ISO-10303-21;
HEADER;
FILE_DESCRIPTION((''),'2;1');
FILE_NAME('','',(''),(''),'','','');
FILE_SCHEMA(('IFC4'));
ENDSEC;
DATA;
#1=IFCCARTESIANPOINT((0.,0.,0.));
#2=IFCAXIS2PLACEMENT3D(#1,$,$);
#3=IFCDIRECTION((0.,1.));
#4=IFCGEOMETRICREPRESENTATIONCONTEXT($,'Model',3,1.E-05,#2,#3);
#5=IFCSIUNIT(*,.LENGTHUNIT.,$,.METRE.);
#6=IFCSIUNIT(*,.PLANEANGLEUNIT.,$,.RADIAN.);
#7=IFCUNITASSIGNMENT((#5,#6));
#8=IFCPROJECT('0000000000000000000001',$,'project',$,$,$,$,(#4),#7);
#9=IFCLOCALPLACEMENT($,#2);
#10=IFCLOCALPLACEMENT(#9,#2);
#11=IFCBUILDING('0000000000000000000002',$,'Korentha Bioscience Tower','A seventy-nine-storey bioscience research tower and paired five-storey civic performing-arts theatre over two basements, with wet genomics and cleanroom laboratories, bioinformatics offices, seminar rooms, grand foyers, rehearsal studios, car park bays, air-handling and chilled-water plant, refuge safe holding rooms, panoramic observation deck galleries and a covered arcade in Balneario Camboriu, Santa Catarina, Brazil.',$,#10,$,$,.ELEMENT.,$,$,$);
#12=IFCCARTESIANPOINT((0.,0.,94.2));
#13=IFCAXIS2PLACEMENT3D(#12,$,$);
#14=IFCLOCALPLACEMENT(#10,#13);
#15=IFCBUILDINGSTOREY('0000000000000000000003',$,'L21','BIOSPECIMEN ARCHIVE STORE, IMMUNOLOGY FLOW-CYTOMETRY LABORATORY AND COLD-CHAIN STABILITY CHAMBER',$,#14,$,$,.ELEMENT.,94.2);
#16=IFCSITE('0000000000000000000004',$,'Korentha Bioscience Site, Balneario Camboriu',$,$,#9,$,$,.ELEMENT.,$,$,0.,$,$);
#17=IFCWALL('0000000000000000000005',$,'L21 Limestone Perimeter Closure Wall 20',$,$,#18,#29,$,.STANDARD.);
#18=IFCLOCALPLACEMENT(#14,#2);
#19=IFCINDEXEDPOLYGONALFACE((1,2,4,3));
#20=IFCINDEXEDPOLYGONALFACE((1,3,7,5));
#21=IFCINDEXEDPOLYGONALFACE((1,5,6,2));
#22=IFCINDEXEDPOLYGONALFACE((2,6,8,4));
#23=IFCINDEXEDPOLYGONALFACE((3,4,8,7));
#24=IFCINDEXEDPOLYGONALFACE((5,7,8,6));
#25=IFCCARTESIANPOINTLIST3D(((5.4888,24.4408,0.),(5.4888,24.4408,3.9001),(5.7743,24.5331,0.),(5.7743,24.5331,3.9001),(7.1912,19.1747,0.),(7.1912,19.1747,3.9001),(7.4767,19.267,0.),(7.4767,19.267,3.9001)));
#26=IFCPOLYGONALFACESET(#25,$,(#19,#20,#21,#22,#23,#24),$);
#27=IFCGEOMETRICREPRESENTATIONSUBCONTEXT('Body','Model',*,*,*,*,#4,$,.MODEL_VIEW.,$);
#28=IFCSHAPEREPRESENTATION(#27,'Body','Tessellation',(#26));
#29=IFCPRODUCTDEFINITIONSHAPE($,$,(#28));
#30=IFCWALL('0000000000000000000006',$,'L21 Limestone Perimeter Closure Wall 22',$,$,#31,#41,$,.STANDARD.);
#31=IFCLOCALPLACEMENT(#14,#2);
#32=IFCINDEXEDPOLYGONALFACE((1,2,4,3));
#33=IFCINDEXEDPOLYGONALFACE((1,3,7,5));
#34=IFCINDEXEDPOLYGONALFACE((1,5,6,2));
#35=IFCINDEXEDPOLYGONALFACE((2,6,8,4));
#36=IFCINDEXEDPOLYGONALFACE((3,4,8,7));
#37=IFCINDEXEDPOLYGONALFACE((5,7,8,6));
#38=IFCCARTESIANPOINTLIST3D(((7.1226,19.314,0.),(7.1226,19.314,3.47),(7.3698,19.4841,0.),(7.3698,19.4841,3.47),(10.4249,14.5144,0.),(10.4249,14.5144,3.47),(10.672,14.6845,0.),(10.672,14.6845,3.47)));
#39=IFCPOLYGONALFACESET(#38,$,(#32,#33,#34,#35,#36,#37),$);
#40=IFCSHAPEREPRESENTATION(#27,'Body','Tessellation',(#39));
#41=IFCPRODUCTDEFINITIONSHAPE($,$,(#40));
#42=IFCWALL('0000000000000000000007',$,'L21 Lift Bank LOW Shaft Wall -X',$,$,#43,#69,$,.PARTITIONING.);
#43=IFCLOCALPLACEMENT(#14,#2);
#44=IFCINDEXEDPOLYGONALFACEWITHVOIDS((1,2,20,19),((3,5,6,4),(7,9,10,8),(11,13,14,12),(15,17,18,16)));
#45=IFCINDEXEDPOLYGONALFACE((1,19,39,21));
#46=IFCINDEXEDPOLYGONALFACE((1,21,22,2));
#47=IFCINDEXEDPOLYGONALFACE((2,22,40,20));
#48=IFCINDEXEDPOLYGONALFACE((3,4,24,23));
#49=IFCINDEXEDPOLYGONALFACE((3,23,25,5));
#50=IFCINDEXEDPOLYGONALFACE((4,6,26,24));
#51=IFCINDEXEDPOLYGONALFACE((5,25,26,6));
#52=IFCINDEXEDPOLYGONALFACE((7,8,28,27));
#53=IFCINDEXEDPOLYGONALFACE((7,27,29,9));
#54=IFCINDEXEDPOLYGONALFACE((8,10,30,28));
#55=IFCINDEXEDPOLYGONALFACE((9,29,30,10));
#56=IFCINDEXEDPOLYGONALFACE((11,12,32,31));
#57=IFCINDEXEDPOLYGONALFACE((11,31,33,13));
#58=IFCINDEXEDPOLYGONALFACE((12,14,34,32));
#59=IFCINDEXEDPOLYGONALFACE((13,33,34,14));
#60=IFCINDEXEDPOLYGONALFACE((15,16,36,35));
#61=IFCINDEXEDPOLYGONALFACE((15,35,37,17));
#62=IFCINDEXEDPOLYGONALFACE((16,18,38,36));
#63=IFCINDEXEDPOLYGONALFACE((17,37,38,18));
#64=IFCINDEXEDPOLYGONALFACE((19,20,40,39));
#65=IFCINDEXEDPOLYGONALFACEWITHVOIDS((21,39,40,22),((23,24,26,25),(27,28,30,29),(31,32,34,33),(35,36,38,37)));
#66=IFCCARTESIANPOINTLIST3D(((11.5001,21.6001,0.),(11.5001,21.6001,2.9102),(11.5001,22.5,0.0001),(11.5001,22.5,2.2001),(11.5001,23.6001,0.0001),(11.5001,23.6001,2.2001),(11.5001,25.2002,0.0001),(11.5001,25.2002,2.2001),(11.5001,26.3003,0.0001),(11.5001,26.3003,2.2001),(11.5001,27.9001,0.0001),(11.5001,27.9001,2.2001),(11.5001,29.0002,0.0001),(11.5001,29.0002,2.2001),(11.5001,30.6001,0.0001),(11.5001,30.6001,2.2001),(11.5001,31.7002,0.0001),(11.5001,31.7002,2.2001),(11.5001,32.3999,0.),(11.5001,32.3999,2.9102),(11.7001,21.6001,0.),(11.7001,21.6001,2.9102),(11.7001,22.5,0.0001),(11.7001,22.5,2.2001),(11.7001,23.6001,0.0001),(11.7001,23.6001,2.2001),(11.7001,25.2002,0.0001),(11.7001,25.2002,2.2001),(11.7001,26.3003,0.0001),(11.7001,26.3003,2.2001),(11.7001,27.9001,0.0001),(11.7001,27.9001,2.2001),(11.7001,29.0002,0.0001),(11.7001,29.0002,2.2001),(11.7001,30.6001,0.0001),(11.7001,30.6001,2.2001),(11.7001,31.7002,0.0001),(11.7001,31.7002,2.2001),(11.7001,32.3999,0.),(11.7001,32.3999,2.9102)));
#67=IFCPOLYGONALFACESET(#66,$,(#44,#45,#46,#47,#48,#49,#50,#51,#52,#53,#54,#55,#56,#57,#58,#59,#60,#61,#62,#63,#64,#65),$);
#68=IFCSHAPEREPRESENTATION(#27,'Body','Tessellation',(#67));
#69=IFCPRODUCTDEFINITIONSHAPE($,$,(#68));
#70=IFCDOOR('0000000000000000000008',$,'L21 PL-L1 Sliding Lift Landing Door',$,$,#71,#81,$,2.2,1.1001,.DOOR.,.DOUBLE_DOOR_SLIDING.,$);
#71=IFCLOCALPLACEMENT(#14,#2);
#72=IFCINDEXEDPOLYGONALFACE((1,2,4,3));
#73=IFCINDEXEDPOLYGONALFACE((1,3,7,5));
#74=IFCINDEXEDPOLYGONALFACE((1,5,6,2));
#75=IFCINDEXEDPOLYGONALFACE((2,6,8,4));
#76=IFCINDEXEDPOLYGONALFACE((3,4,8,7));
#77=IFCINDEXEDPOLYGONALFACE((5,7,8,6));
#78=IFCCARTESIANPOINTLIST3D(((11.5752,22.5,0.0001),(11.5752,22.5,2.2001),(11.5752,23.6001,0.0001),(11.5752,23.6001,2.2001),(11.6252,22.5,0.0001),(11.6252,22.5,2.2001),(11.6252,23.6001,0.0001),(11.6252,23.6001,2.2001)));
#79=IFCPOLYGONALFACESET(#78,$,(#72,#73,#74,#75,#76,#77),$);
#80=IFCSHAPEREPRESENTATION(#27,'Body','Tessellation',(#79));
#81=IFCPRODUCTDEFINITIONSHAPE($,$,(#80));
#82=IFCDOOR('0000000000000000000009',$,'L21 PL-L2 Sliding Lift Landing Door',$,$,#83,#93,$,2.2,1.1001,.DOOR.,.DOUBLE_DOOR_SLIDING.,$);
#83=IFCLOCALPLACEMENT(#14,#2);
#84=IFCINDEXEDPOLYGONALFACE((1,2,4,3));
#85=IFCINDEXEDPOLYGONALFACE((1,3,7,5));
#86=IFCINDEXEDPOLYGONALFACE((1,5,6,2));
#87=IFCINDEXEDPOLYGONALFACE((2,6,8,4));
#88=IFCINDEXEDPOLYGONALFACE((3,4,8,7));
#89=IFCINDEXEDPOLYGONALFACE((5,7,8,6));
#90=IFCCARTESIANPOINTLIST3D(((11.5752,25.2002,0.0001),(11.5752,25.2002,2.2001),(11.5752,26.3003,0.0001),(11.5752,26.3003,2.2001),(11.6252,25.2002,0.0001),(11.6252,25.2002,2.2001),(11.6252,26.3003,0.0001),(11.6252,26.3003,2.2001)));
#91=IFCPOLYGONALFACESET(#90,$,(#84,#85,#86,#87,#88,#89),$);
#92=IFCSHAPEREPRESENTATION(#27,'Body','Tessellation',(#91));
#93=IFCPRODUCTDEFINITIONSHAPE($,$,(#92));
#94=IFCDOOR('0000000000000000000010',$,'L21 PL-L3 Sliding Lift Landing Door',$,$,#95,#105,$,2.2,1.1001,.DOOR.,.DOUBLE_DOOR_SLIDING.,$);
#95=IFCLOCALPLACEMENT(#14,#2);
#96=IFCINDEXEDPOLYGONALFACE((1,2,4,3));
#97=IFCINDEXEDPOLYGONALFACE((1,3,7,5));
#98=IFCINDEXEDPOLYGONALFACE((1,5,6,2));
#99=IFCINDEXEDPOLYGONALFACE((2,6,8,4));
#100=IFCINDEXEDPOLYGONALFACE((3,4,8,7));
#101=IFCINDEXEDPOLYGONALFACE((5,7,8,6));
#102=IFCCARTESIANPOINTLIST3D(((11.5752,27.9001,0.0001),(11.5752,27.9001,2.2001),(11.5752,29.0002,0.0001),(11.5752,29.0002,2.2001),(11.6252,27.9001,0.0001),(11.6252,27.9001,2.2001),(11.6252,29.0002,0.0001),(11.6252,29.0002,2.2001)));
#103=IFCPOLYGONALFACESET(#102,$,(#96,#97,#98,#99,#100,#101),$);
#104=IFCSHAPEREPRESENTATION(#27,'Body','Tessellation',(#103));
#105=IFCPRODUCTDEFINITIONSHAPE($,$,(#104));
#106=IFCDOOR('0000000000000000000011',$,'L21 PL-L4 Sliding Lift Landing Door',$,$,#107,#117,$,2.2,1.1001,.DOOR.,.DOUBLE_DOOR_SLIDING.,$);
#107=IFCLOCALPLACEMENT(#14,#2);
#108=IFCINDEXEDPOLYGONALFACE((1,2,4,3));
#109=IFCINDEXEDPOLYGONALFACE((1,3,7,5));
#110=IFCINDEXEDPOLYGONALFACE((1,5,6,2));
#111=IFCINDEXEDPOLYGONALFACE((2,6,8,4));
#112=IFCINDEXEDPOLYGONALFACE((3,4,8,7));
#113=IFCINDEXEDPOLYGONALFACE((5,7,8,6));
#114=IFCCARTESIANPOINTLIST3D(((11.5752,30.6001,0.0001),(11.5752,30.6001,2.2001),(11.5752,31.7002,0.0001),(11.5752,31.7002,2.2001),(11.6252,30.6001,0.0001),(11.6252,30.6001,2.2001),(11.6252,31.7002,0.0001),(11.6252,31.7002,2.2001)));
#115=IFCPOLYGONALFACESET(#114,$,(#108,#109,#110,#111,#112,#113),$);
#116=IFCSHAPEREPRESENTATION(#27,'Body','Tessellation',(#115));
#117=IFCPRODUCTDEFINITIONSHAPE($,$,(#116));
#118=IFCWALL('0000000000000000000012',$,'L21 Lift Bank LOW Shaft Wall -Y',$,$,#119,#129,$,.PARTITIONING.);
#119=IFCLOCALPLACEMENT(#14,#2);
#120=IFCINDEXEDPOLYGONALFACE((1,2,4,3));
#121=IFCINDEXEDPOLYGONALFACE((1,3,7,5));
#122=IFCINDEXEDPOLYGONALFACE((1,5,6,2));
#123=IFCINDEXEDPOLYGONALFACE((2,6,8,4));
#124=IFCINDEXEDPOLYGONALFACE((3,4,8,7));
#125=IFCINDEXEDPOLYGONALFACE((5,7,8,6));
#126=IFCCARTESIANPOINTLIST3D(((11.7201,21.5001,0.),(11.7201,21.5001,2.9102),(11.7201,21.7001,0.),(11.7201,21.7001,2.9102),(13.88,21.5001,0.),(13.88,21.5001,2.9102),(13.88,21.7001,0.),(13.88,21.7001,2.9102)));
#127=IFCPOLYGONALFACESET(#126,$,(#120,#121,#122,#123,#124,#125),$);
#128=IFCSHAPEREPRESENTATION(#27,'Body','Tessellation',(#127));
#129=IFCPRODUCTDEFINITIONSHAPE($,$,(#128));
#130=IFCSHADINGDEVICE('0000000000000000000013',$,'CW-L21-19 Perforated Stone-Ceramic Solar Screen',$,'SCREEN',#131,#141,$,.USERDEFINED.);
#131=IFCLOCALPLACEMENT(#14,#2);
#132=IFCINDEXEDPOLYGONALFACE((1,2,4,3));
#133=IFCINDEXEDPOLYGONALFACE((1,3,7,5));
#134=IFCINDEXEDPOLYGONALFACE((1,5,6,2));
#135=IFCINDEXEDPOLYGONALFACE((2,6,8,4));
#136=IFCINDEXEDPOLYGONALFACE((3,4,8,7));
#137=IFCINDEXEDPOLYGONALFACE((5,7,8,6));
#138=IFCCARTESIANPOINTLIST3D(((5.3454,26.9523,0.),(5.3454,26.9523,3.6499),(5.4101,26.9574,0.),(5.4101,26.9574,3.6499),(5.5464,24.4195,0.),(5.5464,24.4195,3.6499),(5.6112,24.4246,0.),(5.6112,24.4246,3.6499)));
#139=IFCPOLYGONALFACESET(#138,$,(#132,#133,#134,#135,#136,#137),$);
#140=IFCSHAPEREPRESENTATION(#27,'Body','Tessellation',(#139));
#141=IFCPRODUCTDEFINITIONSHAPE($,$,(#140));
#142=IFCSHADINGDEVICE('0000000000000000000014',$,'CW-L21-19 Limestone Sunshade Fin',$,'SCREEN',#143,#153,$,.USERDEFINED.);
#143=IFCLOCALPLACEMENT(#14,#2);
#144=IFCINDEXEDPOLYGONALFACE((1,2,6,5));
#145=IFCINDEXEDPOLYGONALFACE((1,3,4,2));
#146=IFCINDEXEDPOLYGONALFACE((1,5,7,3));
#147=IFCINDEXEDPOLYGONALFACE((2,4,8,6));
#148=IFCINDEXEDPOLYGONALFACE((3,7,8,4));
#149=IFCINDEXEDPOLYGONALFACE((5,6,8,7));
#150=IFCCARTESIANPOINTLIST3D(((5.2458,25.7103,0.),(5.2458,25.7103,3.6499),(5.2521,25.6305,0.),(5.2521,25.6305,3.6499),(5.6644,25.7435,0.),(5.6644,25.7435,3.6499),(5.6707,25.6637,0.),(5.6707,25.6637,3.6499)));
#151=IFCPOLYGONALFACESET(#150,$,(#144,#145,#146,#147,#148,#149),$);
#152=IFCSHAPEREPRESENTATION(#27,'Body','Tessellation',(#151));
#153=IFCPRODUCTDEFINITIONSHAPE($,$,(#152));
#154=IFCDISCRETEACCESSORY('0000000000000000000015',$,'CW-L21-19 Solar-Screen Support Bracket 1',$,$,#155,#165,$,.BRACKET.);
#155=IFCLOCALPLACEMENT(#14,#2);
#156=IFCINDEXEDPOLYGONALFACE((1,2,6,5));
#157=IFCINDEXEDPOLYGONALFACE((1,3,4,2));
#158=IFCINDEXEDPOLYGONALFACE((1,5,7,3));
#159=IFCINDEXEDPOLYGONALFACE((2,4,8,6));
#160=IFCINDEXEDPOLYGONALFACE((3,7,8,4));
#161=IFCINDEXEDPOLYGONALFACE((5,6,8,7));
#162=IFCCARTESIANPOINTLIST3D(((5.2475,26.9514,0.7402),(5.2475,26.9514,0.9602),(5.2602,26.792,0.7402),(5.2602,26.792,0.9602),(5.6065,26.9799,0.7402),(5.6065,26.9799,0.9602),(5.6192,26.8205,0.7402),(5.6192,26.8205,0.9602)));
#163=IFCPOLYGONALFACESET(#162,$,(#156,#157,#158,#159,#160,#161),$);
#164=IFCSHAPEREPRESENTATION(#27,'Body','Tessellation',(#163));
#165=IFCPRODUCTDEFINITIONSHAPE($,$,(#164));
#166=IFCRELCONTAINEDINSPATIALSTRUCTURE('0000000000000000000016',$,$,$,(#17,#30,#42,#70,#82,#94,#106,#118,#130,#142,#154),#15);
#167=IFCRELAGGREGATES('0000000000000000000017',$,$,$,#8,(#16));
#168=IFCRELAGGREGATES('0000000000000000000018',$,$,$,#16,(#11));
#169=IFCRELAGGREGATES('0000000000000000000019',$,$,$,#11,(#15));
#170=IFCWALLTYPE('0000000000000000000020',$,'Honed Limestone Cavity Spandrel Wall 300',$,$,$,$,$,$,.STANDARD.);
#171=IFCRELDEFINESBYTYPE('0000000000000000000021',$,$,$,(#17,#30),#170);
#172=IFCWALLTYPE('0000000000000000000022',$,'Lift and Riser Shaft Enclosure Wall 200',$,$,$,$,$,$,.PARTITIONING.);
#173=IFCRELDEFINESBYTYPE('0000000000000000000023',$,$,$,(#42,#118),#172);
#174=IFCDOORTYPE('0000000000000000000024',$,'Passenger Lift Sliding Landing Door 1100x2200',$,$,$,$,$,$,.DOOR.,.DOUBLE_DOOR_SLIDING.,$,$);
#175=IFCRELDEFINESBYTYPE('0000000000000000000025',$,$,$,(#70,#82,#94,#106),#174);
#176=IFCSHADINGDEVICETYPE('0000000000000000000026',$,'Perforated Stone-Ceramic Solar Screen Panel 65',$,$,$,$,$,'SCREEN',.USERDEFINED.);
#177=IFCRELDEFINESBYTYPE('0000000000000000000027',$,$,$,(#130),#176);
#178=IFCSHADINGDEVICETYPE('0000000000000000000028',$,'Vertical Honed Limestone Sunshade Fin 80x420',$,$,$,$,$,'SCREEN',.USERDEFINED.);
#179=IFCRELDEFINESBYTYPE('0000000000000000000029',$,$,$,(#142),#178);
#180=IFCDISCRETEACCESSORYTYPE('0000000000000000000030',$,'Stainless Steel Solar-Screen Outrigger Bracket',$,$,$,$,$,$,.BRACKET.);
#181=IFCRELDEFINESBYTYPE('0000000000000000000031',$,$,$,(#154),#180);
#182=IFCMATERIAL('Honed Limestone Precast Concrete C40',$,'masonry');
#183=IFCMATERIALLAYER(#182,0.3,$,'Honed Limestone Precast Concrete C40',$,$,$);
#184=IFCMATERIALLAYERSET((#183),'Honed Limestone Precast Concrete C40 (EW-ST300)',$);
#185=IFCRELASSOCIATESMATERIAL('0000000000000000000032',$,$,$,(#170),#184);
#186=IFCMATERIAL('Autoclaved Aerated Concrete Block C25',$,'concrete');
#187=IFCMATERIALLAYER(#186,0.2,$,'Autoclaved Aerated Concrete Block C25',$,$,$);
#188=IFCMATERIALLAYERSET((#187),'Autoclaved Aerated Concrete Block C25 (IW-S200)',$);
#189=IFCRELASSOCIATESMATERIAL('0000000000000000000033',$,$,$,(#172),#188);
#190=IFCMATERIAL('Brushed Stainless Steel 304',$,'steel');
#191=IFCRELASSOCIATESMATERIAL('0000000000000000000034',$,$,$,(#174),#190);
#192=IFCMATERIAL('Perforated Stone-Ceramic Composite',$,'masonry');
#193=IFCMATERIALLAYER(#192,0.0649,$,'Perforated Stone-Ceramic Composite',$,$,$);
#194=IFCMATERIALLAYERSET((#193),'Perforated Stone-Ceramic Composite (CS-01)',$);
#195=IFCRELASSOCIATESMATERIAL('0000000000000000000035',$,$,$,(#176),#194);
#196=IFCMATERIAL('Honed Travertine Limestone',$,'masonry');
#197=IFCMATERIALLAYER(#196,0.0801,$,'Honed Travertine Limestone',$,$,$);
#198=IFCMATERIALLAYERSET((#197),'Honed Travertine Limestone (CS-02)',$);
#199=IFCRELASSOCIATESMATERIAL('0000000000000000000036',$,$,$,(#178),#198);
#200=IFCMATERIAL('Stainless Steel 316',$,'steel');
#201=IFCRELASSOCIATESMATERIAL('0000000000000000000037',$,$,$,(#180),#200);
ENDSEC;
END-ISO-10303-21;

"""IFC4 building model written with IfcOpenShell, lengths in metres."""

from ifc_helpers import new_model, si_unit, direction, frame, frame_2d, origin, origin_2d, place, context, subcontext, project, spatial, rectangle, extrude, material, layer, layer_set, type_object, element, fill, save


model = new_model("IFC4")

# Units and contexts
model_context = context("Model", 3, precision=1e-05, world=origin(), true_north=direction((0.0, 1.0)))
body_context = subcontext(model_context, "Body", "Model", "MODEL_VIEW")
ifc_project = project(units=[si_unit("LENGTHUNIT", "METRE"), si_unit("PLANEANGLEUNIT", "RADIAN")], contexts=[model_context])

# Site, building, storey
site_placement = place(None, origin())
site = spatial("IfcSite", under=ifc_project, at=site_placement, Name="Korentha Bioscience Site, Balneario Camboriu", CompositionType="ELEMENT", RefElevation=0.0)
building_placement = place(site_placement, origin())
building = spatial("IfcBuilding", under=site, at=building_placement, Name="Korentha Bioscience Tower", Description="A seventy-nine-storey bioscience research tower and paired five-storey civic performing-arts theatre over two basements, with wet genomics and cleanroom laboratories, bioinformatics offices, seminar rooms, grand foyers, rehearsal studios, car park bays, air-handling and chilled-water plant, refuge safe holding rooms, panoramic observation deck galleries and a covered arcade in Balneario Camboriu, Santa Catarina, Brazil.", CompositionType="ELEMENT")
storey_placement = place(building_placement, frame((0.0, 0.0, 94.2)))
storey = spatial("IfcBuildingStorey", under=building, at=storey_placement, Name="L21", Description="BIOSPECIMEN ARCHIVE STORE, IMMUNOLOGY FLOW-CYTOMETRY LABORATORY AND COLD-CHAIN STABILITY CHAMBER", CompositionType="ELEMENT", Elevation=94.2)

# Walls
ifc_material_1 = material(Name="Honed Limestone Precast Concrete C40", Category="masonry")
ifc_layer_1 = layer(ifc_material_1, 0.3, Name="Honed Limestone Precast Concrete C40")
ifc_layer_set_1 = layer_set([ifc_layer_1], Name="Honed Limestone Precast Concrete C40 (EW-ST300)")
wall_type_1 = type_object("IfcWallType", Name="Honed Limestone Cavity Spandrel Wall 300", PredefinedType="STANDARD", material=ifc_layer_set_1)
wall_1_placement = place(storey_placement, frame((5.6316, 24.4868, 0.0), z_axis=(0.0, 0.0, 1.0), x_axis=(0.307599, -0.951516, 0.0)))
element("IfcWall", 1, at=wall_1_placement, inside=storey, type_object=wall_type_1, Name="L21 Limestone Perimeter Closure Wall 20", PredefinedType="STANDARD", context=body_context, shape_type="SweptSolid", body=[
    extrude(rectangle(XDim=5.5344, YDim=0.3, at=frame_2d((2.7671, 0.0))), origin(), (0.0, 0.0, 1.0), 3.9001),
])
wall_2_placement = place(storey_placement, frame((7.2461, 19.3992, 0.0), z_axis=(0.0, 0.0, 1.0), x_axis=(0.566826, -0.823838, 0.0)))
element("IfcWall", 2, at=wall_2_placement, inside=storey, type_object=wall_type_1, Name="L21 Limestone Perimeter Closure Wall 22", PredefinedType="STANDARD", context=body_context, shape_type="SweptSolid", body=[
    extrude(rectangle(XDim=5.8259, YDim=0.3, at=frame_2d((2.9131, 0.0))), origin(), (0.0, 0.0, 1.0), 3.47),
])

# Wall, openings, doors
ifc_material_2 = material(Name="Autoclaved Aerated Concrete Block C25", Category="concrete")
ifc_layer_2 = layer(ifc_material_2, 0.2, Name="Autoclaved Aerated Concrete Block C25")
ifc_layer_set_2 = layer_set([ifc_layer_2], Name="Autoclaved Aerated Concrete Block C25 (IW-S200)")
wall_type_2 = type_object("IfcWallType", Name="Lift and Riser Shaft Enclosure Wall 200", PredefinedType="PARTITIONING", material=ifc_layer_set_2)
wall_3_placement = place(storey_placement, frame((11.6001, 21.6001, 0.0), z_axis=(0.0, 0.0, 1.0), x_axis=(0.0, 1.0, 0.0)))
wall_3 = element("IfcWall", 3, at=wall_3_placement, inside=storey, type_object=wall_type_2, Name="L21 Lift Bank LOW Shaft Wall -X", PredefinedType="PARTITIONING", context=body_context, shape_type="SweptSolid", body=[
    extrude(rectangle(XDim=10.7998, YDim=0.2, at=frame_2d((5.3999, 0.0))), origin(), (0.0, 0.0, 1.0), 2.9102),
])
opening_1_placement = place(wall_3_placement, frame((0.8999, 0.0, 0.0)))
opening_1 = element("IfcOpeningElement", 4, at=opening_1_placement, cuts=wall_3, PredefinedType="OPENING", context=body_context, shape_type="SweptSolid", body=[
    extrude(rectangle(XDim=1.1001, YDim=2.2, at=frame_2d((0.55, 1.1001))), frame((0.0, 0.1147, 0.0), z_axis=(0.0, -1.0, 0.0), x_axis=(1.0, 0.0, 0.0)), (0.0, 0.0, 1.0), 0.2297),
])
opening_2_placement = place(wall_3_placement, frame((3.6001, 0.0, 0.0)))
opening_2 = element("IfcOpeningElement", 5, at=opening_2_placement, cuts=wall_3, PredefinedType="OPENING", context=body_context, shape_type="SweptSolid", body=[
    extrude(rectangle(XDim=1.1001, YDim=2.2, at=frame_2d((0.55, 1.1001))), frame((0.0, 0.1147, 0.0), z_axis=(0.0, -1.0, 0.0), x_axis=(1.0, 0.0, 0.0)), (0.0, 0.0, 1.0), 0.2297),
])
opening_3_placement = place(wall_3_placement, frame((6.3, 0.0, 0.0)))
opening_3 = element("IfcOpeningElement", 6, at=opening_3_placement, cuts=wall_3, PredefinedType="OPENING", context=body_context, shape_type="SweptSolid", body=[
    extrude(rectangle(XDim=1.1001, YDim=2.2, at=frame_2d((0.55, 1.1001))), frame((0.0, 0.1147, 0.0), z_axis=(0.0, -1.0, 0.0), x_axis=(1.0, 0.0, 0.0)), (0.0, 0.0, 1.0), 0.2297),
])
opening_4_placement = place(wall_3_placement, frame((9.0, 0.0, 0.0)))
opening_4 = element("IfcOpeningElement", 7, at=opening_4_placement, cuts=wall_3, PredefinedType="OPENING", context=body_context, shape_type="SweptSolid", body=[
    extrude(rectangle(XDim=1.1001, YDim=2.2, at=frame_2d((0.55, 1.1001))), frame((0.0, 0.1147, 0.0), z_axis=(0.0, -1.0, 0.0), x_axis=(1.0, 0.0, 0.0)), (0.0, 0.0, 1.0), 0.2297),
])
ifc_material_3 = material(Name="Brushed Stainless Steel 304", Category="steel")
door_type_1 = type_object("IfcDoorType", Name="Passenger Lift Sliding Landing Door 1100x2200", OperationType="DOUBLE_DOOR_SLIDING", PredefinedType="DOOR", material=ifc_material_3)
door_1_placement = place(opening_1_placement, origin())
door_1 = element("IfcDoor", 8, at=door_1_placement, inside=storey, type_object=door_type_1, Name="L21 PL-L1 Sliding Lift Landing Door", OperationType="DOUBLE_DOOR_SLIDING", OverallHeight=2.2, OverallWidth=1.1001, PredefinedType="DOOR", context=body_context, shape_type="SweptSolid", body=[
    extrude(rectangle(XDim=1.1001, YDim=2.2, at=frame_2d((0.55, 1.1001))), frame((0.0, 0.0249, 0.0), z_axis=(0.0, -1.0, 0.0), x_axis=(1.0, 0.0, 0.0)), (0.0, 0.0, 1.0), 0.05),
])
fill(opening_1, door_1)
door_2_placement = place(opening_2_placement, origin())
door_2 = element("IfcDoor", 9, at=door_2_placement, inside=storey, type_object=door_type_1, Name="L21 PL-L2 Sliding Lift Landing Door", OperationType="DOUBLE_DOOR_SLIDING", OverallHeight=2.2, OverallWidth=1.1001, PredefinedType="DOOR", context=body_context, shape_type="SweptSolid", body=[
    extrude(rectangle(XDim=1.1001, YDim=2.2, at=frame_2d((0.55, 1.1001))), frame((0.0, 0.0249, 0.0), z_axis=(0.0, -1.0, 0.0), x_axis=(1.0, 0.0, 0.0)), (0.0, 0.0, 1.0), 0.05),
])
fill(opening_2, door_2)
door_3_placement = place(opening_3_placement, origin())
door_3 = element("IfcDoor", 10, at=door_3_placement, inside=storey, type_object=door_type_1, Name="L21 PL-L3 Sliding Lift Landing Door", OperationType="DOUBLE_DOOR_SLIDING", OverallHeight=2.2, OverallWidth=1.1001, PredefinedType="DOOR", context=body_context, shape_type="SweptSolid", body=[
    extrude(rectangle(XDim=1.1001, YDim=2.2, at=frame_2d((0.55, 1.1001))), frame((0.0, 0.0249, 0.0), z_axis=(0.0, -1.0, 0.0), x_axis=(1.0, 0.0, 0.0)), (0.0, 0.0, 1.0), 0.05),
])
fill(opening_3, door_3)
door_4_placement = place(opening_4_placement, origin())
door_4 = element("IfcDoor", 11, at=door_4_placement, inside=storey, type_object=door_type_1, Name="L21 PL-L4 Sliding Lift Landing Door", OperationType="DOUBLE_DOOR_SLIDING", OverallHeight=2.2, OverallWidth=1.1001, PredefinedType="DOOR", context=body_context, shape_type="SweptSolid", body=[
    extrude(rectangle(XDim=1.1001, YDim=2.2, at=frame_2d((0.55, 1.1001))), frame((0.0, 0.0249, 0.0), z_axis=(0.0, -1.0, 0.0), x_axis=(1.0, 0.0, 0.0)), (0.0, 0.0, 1.0), 0.05),
])
fill(opening_4, door_4)

# Wall
wall_4_placement = place(storey_placement, frame((11.72, 21.6001, 0.0), z_axis=(0.0, 0.0, 1.0), x_axis=(1.0, 0.0, 0.0)))
element("IfcWall", 12, at=wall_4_placement, inside=storey, type_object=wall_type_2, Name="L21 Lift Bank LOW Shaft Wall -Y", PredefinedType="PARTITIONING", context=body_context, shape_type="SweptSolid", body=[
    extrude(rectangle(XDim=2.1599, YDim=0.2, at=frame_2d((1.0801, 0.0))), origin(), (0.0, 0.0, 1.0), 2.9102),
])

# Shading devices
ifc_material_4 = material(Name="Perforated Stone-Ceramic Composite", Category="masonry")
ifc_layer_3 = layer(ifc_material_4, 0.0649, Name="Perforated Stone-Ceramic Composite")
ifc_layer_set_3 = layer_set([ifc_layer_3], Name="Perforated Stone-Ceramic Composite (CS-01)")
shading_device_type_1 = type_object("IfcShadingDeviceType", Name="Perforated Stone-Ceramic Solar Screen Panel 65", ElementType="SCREEN", PredefinedType="USERDEFINED", material=ifc_layer_set_3)
shading_device_1_placement = place(storey_placement, frame((5.4783, 25.6885, 0.0), z_axis=(0.0, 0.0, 1.0), x_axis=(0.07913, -0.996864, 0.0)))
element("IfcShadingDevice", 13, at=shading_device_1_placement, inside=storey, type_object=shading_device_type_1, Name="CW-L21-19 Perforated Stone-Ceramic Solar Screen", ObjectType="SCREEN", PredefinedType="USERDEFINED", context=body_context, shape_type="SweptSolid", body=[
    extrude(rectangle(XDim=2.5408, YDim=0.0649, at=origin_2d()), origin(), (0.0, 0.0, 1.0), 3.6499),
])
ifc_material_5 = material(Name="Honed Travertine Limestone", Category="masonry")
ifc_layer_4 = layer(ifc_material_5, 0.0801, Name="Honed Travertine Limestone")
ifc_layer_set_4 = layer_set([ifc_layer_4], Name="Honed Travertine Limestone (CS-02)")
shading_device_type_2 = type_object("IfcShadingDeviceType", Name="Vertical Honed Limestone Sunshade Fin 80x420", ElementType="SCREEN", PredefinedType="USERDEFINED", material=ifc_layer_set_4)
shading_device_2_placement = place(storey_placement, frame((5.4583, 25.687, 0.0), z_axis=(0.0, 0.0, 1.0), x_axis=(0.07913, -0.996864, 0.0)))
element("IfcShadingDevice", 14, at=shading_device_2_placement, inside=storey, type_object=shading_device_type_2, Name="CW-L21-19 Limestone Sunshade Fin", ObjectType="SCREEN", PredefinedType="USERDEFINED", context=body_context, shape_type="SweptSolid", body=[
    extrude(rectangle(XDim=0.0801, YDim=0.4199, at=origin_2d()), origin(), (0.0, 0.0, 1.0), 3.6499),
])

# Discrete accessory
ifc_material_6 = material(Name="Stainless Steel 316", Category="steel")
discrete_accessory_type = type_object("IfcDiscreteAccessoryType", Name="Stainless Steel Solar-Screen Outrigger Bracket", PredefinedType="BRACKET", material=ifc_material_6)
for number, where, z_axis, x_axis, name in (
    (15, (5.4333, 26.886, 0.7402), (0.0, 0.0, 1.0), (0.07913, -0.996864, 0.0), "CW-L21-19 Solar-Screen Support Bracket 1"),
):
    element("IfcDiscreteAccessory", number, at=place(storey_placement, frame(where, z_axis=z_axis, x_axis=x_axis)), inside=storey, type_object=discrete_accessory_type, Name=name, PredefinedType="BRACKET", context=body_context, shape_type="SweptSolid", body=[
        extrude(rectangle(XDim=0.1599, YDim=0.3601, at=origin_2d()), origin(), (0.0, 0.0, 1.0), 0.22),
    ])

save(model, "model.ifc")
